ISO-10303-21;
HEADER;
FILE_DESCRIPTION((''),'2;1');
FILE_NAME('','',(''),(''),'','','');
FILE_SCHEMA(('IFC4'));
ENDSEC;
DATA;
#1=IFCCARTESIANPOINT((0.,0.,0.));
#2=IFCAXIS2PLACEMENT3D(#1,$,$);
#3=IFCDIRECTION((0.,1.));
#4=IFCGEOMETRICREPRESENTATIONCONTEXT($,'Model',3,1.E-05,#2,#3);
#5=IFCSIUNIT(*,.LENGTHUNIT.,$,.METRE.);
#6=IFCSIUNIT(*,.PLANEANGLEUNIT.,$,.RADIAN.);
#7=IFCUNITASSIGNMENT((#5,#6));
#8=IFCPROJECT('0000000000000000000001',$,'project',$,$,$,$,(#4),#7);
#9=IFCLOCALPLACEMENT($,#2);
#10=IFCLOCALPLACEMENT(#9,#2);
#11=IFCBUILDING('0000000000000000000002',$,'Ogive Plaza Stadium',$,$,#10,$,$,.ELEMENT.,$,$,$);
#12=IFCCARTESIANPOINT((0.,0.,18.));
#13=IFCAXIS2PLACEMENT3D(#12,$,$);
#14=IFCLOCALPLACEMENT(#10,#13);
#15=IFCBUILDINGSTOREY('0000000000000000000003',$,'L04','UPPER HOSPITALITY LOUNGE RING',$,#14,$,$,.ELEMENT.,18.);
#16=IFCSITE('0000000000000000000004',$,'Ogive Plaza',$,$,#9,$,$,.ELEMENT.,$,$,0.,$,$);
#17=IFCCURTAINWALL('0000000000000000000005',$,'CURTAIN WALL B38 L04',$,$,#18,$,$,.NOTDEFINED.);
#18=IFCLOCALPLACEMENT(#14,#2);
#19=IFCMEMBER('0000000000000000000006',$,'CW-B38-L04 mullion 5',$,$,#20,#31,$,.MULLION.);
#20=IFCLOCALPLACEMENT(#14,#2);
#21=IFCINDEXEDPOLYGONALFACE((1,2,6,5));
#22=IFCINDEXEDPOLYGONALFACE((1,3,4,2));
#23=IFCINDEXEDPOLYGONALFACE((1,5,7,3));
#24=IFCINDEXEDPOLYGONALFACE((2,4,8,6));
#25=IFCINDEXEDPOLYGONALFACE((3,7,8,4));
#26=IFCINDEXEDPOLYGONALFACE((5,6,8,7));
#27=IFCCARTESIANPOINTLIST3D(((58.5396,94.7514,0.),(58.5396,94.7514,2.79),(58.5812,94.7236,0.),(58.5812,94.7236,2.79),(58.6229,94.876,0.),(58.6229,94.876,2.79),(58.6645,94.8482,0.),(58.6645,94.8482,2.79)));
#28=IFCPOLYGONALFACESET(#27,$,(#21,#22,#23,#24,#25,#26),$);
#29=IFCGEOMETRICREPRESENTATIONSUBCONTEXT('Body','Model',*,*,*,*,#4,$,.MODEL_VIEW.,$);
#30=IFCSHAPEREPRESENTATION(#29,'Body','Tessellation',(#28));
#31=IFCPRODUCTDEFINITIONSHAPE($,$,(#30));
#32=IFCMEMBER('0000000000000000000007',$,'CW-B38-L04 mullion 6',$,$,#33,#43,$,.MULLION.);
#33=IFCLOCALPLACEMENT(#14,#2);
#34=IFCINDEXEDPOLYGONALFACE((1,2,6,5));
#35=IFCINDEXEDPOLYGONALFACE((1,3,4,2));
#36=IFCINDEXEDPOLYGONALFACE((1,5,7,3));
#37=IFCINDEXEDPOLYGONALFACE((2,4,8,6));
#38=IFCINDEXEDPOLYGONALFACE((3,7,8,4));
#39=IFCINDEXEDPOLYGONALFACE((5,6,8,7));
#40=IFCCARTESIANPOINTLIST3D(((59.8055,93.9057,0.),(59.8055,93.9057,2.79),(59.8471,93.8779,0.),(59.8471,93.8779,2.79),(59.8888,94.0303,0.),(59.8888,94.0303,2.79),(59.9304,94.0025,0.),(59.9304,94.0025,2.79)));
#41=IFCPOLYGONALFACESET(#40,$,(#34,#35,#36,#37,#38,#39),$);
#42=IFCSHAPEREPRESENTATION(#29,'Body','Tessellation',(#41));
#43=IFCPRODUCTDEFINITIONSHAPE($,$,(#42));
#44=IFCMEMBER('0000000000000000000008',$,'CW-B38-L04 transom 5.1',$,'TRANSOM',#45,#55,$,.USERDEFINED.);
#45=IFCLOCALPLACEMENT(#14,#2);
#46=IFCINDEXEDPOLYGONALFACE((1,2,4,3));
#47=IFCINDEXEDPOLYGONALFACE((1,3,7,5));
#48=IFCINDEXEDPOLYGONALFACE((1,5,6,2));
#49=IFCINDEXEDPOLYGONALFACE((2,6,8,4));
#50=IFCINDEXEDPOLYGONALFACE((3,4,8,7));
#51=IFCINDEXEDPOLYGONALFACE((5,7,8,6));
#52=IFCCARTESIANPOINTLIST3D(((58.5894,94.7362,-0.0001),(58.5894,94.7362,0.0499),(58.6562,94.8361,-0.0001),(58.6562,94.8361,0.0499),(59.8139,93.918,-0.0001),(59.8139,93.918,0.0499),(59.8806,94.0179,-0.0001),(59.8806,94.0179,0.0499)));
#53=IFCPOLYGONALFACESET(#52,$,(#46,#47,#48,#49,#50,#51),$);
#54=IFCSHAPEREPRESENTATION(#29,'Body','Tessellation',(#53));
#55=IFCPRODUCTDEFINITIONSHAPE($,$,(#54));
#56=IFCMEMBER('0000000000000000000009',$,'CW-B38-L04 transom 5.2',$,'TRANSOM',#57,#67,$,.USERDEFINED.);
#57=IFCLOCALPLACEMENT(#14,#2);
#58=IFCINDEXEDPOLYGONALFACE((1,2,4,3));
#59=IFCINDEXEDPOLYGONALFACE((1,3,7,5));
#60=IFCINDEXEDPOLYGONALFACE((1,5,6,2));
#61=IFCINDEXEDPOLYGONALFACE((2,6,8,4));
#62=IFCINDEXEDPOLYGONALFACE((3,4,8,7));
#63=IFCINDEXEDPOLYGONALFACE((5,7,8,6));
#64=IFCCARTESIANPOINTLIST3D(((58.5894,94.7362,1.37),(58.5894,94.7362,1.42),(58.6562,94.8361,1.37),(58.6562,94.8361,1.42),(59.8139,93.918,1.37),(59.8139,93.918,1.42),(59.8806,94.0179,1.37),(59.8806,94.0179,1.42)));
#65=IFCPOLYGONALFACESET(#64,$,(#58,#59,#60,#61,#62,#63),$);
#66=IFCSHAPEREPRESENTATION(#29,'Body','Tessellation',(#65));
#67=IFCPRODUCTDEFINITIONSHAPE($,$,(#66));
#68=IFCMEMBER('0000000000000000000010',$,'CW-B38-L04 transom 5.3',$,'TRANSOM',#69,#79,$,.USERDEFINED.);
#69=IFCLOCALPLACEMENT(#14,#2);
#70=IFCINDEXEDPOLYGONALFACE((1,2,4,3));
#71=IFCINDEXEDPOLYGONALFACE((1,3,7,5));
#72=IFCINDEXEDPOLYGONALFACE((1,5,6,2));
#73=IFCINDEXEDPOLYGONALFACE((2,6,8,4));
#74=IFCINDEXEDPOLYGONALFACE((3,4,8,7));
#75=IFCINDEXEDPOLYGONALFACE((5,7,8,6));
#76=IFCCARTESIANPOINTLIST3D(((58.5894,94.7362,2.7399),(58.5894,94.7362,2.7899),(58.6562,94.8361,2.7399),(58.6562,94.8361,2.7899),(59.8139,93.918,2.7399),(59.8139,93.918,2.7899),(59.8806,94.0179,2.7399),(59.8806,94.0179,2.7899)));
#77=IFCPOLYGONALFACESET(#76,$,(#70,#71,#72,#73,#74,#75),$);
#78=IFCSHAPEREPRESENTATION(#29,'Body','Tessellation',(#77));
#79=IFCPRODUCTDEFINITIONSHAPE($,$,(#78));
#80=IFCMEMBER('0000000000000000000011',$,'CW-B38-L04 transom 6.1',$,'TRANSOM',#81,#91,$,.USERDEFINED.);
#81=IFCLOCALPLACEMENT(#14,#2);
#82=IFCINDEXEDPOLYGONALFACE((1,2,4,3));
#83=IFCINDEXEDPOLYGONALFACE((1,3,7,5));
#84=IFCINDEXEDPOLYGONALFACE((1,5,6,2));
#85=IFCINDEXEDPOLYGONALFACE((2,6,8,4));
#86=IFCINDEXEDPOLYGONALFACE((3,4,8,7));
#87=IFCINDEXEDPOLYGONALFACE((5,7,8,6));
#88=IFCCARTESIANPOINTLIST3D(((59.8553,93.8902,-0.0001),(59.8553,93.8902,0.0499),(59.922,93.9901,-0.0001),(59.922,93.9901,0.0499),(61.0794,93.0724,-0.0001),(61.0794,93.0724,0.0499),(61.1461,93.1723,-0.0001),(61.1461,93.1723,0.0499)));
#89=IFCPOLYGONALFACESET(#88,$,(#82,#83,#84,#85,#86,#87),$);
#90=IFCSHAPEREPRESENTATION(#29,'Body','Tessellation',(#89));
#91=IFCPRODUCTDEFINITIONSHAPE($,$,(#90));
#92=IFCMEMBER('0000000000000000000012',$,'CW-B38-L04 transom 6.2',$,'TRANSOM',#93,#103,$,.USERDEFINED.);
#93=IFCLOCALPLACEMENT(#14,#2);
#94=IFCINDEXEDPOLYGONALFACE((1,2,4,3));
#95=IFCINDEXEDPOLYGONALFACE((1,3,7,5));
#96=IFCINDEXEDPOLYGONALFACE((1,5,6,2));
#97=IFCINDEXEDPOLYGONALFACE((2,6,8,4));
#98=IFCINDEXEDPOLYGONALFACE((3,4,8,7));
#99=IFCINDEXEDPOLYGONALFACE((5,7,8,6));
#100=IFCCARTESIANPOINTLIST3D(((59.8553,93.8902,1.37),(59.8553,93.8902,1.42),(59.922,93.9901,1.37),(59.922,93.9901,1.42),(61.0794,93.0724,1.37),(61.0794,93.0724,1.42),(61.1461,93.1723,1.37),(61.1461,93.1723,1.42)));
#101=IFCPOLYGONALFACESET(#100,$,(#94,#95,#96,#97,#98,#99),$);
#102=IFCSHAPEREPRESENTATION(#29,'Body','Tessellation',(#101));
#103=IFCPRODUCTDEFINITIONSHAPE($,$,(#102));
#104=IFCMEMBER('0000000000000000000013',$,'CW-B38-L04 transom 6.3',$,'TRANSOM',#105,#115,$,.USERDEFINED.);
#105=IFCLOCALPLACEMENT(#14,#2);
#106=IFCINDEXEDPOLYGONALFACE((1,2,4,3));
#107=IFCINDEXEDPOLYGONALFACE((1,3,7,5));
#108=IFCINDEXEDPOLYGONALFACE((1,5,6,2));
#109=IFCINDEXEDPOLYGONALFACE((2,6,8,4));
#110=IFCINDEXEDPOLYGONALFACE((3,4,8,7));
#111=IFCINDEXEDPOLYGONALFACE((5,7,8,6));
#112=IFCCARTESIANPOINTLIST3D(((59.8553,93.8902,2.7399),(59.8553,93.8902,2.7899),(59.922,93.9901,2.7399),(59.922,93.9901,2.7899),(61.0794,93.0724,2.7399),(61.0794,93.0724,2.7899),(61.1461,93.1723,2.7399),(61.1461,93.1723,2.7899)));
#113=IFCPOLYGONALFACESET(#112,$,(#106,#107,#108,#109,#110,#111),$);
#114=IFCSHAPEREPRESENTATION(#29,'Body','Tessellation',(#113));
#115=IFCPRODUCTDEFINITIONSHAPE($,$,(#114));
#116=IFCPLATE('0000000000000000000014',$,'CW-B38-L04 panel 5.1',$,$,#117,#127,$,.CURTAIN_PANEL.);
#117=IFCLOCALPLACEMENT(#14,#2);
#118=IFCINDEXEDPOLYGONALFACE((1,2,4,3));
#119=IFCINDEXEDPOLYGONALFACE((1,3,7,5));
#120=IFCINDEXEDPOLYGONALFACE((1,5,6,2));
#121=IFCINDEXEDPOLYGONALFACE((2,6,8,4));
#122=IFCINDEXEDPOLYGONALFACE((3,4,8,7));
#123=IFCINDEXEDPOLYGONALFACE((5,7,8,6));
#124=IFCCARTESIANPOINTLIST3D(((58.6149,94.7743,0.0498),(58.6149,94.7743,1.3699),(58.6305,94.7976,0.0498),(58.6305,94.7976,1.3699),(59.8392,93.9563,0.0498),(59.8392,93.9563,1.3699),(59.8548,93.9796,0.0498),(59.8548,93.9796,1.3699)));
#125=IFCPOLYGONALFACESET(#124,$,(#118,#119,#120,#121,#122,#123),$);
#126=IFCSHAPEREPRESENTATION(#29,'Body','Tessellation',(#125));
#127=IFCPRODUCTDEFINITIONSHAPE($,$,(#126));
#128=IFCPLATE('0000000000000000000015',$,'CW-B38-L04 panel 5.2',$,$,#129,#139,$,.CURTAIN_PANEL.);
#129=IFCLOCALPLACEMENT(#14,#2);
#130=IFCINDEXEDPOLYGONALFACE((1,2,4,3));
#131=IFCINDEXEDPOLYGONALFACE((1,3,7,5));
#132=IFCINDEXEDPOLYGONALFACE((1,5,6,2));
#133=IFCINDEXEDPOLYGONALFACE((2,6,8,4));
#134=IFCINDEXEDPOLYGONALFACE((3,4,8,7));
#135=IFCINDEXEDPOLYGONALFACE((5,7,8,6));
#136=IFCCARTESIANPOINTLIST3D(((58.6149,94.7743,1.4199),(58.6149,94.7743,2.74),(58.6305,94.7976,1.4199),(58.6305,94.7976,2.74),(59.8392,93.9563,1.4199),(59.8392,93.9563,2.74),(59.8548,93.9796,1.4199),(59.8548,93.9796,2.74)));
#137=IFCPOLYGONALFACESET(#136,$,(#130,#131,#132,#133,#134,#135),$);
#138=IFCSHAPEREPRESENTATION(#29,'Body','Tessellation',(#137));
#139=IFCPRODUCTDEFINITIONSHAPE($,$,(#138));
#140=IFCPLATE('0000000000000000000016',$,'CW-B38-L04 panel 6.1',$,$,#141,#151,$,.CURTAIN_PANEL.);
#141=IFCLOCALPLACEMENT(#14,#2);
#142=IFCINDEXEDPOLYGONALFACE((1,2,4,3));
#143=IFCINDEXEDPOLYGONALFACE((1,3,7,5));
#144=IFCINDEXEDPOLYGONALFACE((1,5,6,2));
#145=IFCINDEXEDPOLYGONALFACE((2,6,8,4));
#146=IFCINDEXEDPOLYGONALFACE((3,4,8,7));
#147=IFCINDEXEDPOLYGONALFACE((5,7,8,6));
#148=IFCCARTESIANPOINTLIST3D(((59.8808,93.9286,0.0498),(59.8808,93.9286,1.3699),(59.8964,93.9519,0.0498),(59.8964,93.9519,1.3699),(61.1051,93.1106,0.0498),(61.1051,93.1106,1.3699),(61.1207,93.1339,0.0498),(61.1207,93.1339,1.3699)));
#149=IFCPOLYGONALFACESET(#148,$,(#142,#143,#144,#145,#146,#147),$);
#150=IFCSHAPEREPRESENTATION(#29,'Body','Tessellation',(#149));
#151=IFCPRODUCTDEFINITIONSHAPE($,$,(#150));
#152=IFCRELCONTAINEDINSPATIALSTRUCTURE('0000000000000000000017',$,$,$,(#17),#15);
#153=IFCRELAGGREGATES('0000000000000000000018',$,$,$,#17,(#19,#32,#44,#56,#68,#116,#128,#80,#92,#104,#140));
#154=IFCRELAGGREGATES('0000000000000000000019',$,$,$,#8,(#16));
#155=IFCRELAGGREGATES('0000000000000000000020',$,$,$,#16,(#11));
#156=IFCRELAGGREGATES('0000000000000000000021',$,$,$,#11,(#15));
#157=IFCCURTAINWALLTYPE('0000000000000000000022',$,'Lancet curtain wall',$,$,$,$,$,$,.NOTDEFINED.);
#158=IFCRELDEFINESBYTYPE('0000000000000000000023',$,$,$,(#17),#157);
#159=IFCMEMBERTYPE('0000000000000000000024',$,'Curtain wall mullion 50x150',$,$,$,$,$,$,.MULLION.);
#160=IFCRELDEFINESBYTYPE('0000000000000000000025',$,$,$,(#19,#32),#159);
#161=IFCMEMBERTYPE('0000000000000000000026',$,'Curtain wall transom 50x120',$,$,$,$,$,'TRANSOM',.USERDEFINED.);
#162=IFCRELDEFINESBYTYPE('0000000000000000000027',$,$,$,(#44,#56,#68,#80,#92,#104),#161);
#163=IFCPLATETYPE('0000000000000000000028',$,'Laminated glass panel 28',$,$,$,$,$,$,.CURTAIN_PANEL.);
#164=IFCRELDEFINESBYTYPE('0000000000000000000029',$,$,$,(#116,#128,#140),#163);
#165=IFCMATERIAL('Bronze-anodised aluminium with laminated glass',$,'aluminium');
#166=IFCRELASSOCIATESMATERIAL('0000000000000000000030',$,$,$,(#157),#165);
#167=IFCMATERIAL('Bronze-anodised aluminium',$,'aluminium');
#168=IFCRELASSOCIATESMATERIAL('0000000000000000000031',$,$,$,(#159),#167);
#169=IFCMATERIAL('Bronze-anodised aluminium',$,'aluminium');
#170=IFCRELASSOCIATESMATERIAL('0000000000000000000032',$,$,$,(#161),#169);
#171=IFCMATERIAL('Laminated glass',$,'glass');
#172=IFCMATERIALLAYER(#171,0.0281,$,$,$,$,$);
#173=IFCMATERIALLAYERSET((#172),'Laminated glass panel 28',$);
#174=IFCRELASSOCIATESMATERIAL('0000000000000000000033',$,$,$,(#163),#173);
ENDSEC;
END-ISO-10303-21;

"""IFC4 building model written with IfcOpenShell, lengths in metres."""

from ifc_helpers import new_model, si_unit, direction, frame, origin, origin_2d, place, context, subcontext, project, spatial, rectangle, extrude, material, layer, layer_set, material_profile, profile_set, type_object, element, aggregate, save


model = new_model("IFC4")

# Units and contexts
model_context = context("Model", 3, precision=1e-05, world=origin(), true_north=direction((0.0, 1.0)))
body_context = subcontext(model_context, "Body", "Model", "MODEL_VIEW")
ifc_project = project(units=[si_unit("LENGTHUNIT", "METRE"), si_unit("PLANEANGLEUNIT", "RADIAN")], contexts=[model_context])

# Site, building, storey
site_placement = place(None, origin())
site = spatial("IfcSite", under=ifc_project, at=site_placement, Name="Ogive Plaza", CompositionType="ELEMENT", RefElevation=0.0)
building_placement = place(site_placement, origin())
building = spatial("IfcBuilding", under=site, at=building_placement, Name="Ogive Plaza Stadium", CompositionType="ELEMENT")
storey_placement = place(building_placement, frame((0.0, 0.0, 18.0)))
storey = spatial("IfcBuildingStorey", under=building, at=storey_placement, Name="L04", Description="UPPER HOSPITALITY LOUNGE RING", CompositionType="ELEMENT", Elevation=18.0)

# Curtain wall, members, plates
ifc_material_1 = material(Name="Bronze-anodised aluminium with laminated glass", Category="aluminium")
curtain_wall_type = type_object("IfcCurtainWallType", Name="Lancet curtain wall", PredefinedType="NOTDEFINED", material=ifc_material_1)
curtain_wall_placement = place(storey_placement, origin())
curtain_wall = element("IfcCurtainWall", 1, at=curtain_wall_placement, inside=storey, type_object=curtain_wall_type, Name="CURTAIN WALL B38 L04", PredefinedType="NOTDEFINED")
ifc_material_2 = material(Name="Bronze-anodised aluminium", Category="aluminium")
ifc_material_profile_1 = material_profile(ifc_material_2, rectangle(XDim=0.1499, YDim=0.05, at=origin_2d()), Name="AL 150x50")
ifc_profile_set_1 = profile_set([ifc_material_profile_1], Name="Bronze-anodised aluminium")
member_type_1 = type_object("IfcMemberType", Name="Curtain wall mullion 50x150", PredefinedType="MULLION", material=ifc_profile_set_1)
member_1_placement = place(storey_placement, frame((58.6021, 94.7998, 0.0), z_axis=(0.0, 0.0, 1.0), x_axis=(0.55557, 0.83147, 0.0)))
member_1 = element("IfcMember", 2, at=member_1_placement, type_object=member_type_1, Name="CW-B38-L04 mullion 5", PredefinedType="MULLION", context=body_context, shape_type="SweptSolid", body=[
    extrude(rectangle(XDim=0.1499, YDim=0.05, at=origin_2d()), origin(), (0.0, 0.0, 1.0), 2.79),
])
member_2_placement = place(storey_placement, frame((59.8679, 93.9541, 0.0), z_axis=(0.0, 0.0, 1.0), x_axis=(0.55557, 0.83147, 0.0)))
member_2 = element("IfcMember", 3, at=member_2_placement, type_object=member_type_1, Name="CW-B38-L04 mullion 6", PredefinedType="MULLION", context=body_context, shape_type="SweptSolid", body=[
    extrude(rectangle(XDim=0.1499, YDim=0.05, at=origin_2d()), origin(), (0.0, 0.0, 1.0), 2.79),
])
ifc_material_3 = material(Name="Bronze-anodised aluminium", Category="aluminium")
ifc_material_profile_2 = material_profile(ifc_material_3, rectangle(XDim=0.1201, YDim=0.05, at=origin_2d()), Name="AL 120x50")
ifc_profile_set_2 = profile_set([ifc_material_profile_2], Name="Bronze-anodised aluminium")
member_type_2 = type_object("IfcMemberType", Name="Curtain wall transom 50x120", ElementType="TRANSOM", PredefinedType="USERDEFINED", material=ifc_profile_set_2)
member_3_placement = place(storey_placement, frame((58.6228, 94.7861, 0.0249), z_axis=(0.831463, -0.55558, 0.0), x_axis=(0.55558, 0.831463, 0.0)))
member_3 = element("IfcMember", 4, at=member_3_placement, type_object=member_type_2, Name="CW-B38-L04 transom 5.1", ObjectType="TRANSOM", PredefinedType="USERDEFINED", context=body_context, shape_type="SweptSolid", body=[
    extrude(rectangle(XDim=0.1201, YDim=0.05, at=origin_2d()), origin(), (0.0, 0.0, 1.0), 1.4727),
])
member_4_placement = place(storey_placement, frame((58.6228, 94.7861, 1.395), z_axis=(0.831463, -0.55558, 0.0), x_axis=(0.55558, 0.831463, 0.0)))
member_4 = element("IfcMember", 5, at=member_4_placement, type_object=member_type_2, Name="CW-B38-L04 transom 5.2", ObjectType="TRANSOM", PredefinedType="USERDEFINED", context=body_context, shape_type="SweptSolid", body=[
    extrude(rectangle(XDim=0.1201, YDim=0.05, at=origin_2d()), origin(), (0.0, 0.0, 1.0), 1.4727),
])
member_5_placement = place(storey_placement, frame((58.6228, 94.7861, 2.7649), z_axis=(0.831463, -0.55558, 0.0), x_axis=(0.55558, 0.831463, 0.0)))
member_5 = element("IfcMember", 6, at=member_5_placement, type_object=member_type_2, Name="CW-B38-L04 transom 5.3", ObjectType="TRANSOM", PredefinedType="USERDEFINED", context=body_context, shape_type="SweptSolid", body=[
    extrude(rectangle(XDim=0.1201, YDim=0.05, at=origin_2d()), origin(), (0.0, 0.0, 1.0), 1.4727),
])
member_6_placement = place(storey_placement, frame((59.8887, 93.9402, 0.0249), z_axis=(0.831489, -0.555542, 0.0), x_axis=(0.555542, 0.831489, 0.0)))
member_6 = element("IfcMember", 7, at=member_6_placement, type_object=member_type_2, Name="CW-B38-L04 transom 6.1", ObjectType="TRANSOM", PredefinedType="USERDEFINED", context=body_context, shape_type="SweptSolid", body=[
    extrude(rectangle(XDim=0.1201, YDim=0.05, at=origin_2d()), origin(), (0.0, 0.0, 1.0), 1.4722),
])
member_7_placement = place(storey_placement, frame((59.8887, 93.9402, 1.395), z_axis=(0.831489, -0.555542, 0.0), x_axis=(0.555542, 0.831489, 0.0)))
member_7 = element("IfcMember", 8, at=member_7_placement, type_object=member_type_2, Name="CW-B38-L04 transom 6.2", ObjectType="TRANSOM", PredefinedType="USERDEFINED", context=body_context, shape_type="SweptSolid", body=[
    extrude(rectangle(XDim=0.1201, YDim=0.05, at=origin_2d()), origin(), (0.0, 0.0, 1.0), 1.4722),
])
member_8_placement = place(storey_placement, frame((59.8887, 93.9402, 2.7649), z_axis=(0.831489, -0.555542, 0.0), x_axis=(0.555542, 0.831489, 0.0)))
member_8 = element("IfcMember", 9, at=member_8_placement, type_object=member_type_2, Name="CW-B38-L04 transom 6.3", ObjectType="TRANSOM", PredefinedType="USERDEFINED", context=body_context, shape_type="SweptSolid", body=[
    extrude(rectangle(XDim=0.1201, YDim=0.05, at=origin_2d()), origin(), (0.0, 0.0, 1.0), 1.4722),
])
ifc_material_4 = material(Name="Laminated glass", Category="glass")
ifc_layer_1 = layer(ifc_material_4, 0.0281)
ifc_layer_set_1 = layer_set([ifc_layer_1], Name="Laminated glass panel 28")
plate_type = type_object("IfcPlateType", Name="Laminated glass panel 28", PredefinedType="CURTAIN_PANEL", material=ifc_layer_set_1)
plate_1_placement = place(storey_placement, frame((59.2349, 94.377, 0.0498), z_axis=(0.0, 0.0, 1.0), x_axis=(0.83147, -0.55557, 0.0)))
plate_1 = element("IfcPlate", 10, at=plate_1_placement, type_object=plate_type, Name="CW-B38-L04 panel 5.1", PredefinedType="CURTAIN_PANEL", context=body_context, shape_type="SweptSolid", body=[
    extrude(rectangle(XDim=1.4724, YDim=0.0281, at=origin_2d()), origin(), (0.0, 0.0, 1.0), 1.3201),
])
plate_2_placement = place(storey_placement, frame((59.2349, 94.377, 1.4199), z_axis=(0.0, 0.0, 1.0), x_axis=(0.83147, -0.55557, 0.0)))
plate_2 = element("IfcPlate", 11, at=plate_2_placement, type_object=plate_type, Name="CW-B38-L04 panel 5.2", PredefinedType="CURTAIN_PANEL", context=body_context, shape_type="SweptSolid", body=[
    extrude(rectangle(XDim=1.4724, YDim=0.0281, at=origin_2d()), origin(), (0.0, 0.0, 1.0), 1.3201),
])
plate_3_placement = place(storey_placement, frame((60.5007, 93.5312, 0.0498), z_axis=(0.0, 0.0, 1.0), x_axis=(0.83147, -0.55557, 0.0)))
plate_3 = element("IfcPlate", 12, at=plate_3_placement, type_object=plate_type, Name="CW-B38-L04 panel 6.1", PredefinedType="CURTAIN_PANEL", context=body_context, shape_type="SweptSolid", body=[
    extrude(rectangle(XDim=1.4724, YDim=0.0281, at=origin_2d()), origin(), (0.0, 0.0, 1.0), 1.3201),
])
aggregate(curtain_wall, [member_1, member_2, member_3, member_4, member_5, plate_1, plate_2, member_6, member_7, member_8, plate_3])

save(model, "model.ifc")
